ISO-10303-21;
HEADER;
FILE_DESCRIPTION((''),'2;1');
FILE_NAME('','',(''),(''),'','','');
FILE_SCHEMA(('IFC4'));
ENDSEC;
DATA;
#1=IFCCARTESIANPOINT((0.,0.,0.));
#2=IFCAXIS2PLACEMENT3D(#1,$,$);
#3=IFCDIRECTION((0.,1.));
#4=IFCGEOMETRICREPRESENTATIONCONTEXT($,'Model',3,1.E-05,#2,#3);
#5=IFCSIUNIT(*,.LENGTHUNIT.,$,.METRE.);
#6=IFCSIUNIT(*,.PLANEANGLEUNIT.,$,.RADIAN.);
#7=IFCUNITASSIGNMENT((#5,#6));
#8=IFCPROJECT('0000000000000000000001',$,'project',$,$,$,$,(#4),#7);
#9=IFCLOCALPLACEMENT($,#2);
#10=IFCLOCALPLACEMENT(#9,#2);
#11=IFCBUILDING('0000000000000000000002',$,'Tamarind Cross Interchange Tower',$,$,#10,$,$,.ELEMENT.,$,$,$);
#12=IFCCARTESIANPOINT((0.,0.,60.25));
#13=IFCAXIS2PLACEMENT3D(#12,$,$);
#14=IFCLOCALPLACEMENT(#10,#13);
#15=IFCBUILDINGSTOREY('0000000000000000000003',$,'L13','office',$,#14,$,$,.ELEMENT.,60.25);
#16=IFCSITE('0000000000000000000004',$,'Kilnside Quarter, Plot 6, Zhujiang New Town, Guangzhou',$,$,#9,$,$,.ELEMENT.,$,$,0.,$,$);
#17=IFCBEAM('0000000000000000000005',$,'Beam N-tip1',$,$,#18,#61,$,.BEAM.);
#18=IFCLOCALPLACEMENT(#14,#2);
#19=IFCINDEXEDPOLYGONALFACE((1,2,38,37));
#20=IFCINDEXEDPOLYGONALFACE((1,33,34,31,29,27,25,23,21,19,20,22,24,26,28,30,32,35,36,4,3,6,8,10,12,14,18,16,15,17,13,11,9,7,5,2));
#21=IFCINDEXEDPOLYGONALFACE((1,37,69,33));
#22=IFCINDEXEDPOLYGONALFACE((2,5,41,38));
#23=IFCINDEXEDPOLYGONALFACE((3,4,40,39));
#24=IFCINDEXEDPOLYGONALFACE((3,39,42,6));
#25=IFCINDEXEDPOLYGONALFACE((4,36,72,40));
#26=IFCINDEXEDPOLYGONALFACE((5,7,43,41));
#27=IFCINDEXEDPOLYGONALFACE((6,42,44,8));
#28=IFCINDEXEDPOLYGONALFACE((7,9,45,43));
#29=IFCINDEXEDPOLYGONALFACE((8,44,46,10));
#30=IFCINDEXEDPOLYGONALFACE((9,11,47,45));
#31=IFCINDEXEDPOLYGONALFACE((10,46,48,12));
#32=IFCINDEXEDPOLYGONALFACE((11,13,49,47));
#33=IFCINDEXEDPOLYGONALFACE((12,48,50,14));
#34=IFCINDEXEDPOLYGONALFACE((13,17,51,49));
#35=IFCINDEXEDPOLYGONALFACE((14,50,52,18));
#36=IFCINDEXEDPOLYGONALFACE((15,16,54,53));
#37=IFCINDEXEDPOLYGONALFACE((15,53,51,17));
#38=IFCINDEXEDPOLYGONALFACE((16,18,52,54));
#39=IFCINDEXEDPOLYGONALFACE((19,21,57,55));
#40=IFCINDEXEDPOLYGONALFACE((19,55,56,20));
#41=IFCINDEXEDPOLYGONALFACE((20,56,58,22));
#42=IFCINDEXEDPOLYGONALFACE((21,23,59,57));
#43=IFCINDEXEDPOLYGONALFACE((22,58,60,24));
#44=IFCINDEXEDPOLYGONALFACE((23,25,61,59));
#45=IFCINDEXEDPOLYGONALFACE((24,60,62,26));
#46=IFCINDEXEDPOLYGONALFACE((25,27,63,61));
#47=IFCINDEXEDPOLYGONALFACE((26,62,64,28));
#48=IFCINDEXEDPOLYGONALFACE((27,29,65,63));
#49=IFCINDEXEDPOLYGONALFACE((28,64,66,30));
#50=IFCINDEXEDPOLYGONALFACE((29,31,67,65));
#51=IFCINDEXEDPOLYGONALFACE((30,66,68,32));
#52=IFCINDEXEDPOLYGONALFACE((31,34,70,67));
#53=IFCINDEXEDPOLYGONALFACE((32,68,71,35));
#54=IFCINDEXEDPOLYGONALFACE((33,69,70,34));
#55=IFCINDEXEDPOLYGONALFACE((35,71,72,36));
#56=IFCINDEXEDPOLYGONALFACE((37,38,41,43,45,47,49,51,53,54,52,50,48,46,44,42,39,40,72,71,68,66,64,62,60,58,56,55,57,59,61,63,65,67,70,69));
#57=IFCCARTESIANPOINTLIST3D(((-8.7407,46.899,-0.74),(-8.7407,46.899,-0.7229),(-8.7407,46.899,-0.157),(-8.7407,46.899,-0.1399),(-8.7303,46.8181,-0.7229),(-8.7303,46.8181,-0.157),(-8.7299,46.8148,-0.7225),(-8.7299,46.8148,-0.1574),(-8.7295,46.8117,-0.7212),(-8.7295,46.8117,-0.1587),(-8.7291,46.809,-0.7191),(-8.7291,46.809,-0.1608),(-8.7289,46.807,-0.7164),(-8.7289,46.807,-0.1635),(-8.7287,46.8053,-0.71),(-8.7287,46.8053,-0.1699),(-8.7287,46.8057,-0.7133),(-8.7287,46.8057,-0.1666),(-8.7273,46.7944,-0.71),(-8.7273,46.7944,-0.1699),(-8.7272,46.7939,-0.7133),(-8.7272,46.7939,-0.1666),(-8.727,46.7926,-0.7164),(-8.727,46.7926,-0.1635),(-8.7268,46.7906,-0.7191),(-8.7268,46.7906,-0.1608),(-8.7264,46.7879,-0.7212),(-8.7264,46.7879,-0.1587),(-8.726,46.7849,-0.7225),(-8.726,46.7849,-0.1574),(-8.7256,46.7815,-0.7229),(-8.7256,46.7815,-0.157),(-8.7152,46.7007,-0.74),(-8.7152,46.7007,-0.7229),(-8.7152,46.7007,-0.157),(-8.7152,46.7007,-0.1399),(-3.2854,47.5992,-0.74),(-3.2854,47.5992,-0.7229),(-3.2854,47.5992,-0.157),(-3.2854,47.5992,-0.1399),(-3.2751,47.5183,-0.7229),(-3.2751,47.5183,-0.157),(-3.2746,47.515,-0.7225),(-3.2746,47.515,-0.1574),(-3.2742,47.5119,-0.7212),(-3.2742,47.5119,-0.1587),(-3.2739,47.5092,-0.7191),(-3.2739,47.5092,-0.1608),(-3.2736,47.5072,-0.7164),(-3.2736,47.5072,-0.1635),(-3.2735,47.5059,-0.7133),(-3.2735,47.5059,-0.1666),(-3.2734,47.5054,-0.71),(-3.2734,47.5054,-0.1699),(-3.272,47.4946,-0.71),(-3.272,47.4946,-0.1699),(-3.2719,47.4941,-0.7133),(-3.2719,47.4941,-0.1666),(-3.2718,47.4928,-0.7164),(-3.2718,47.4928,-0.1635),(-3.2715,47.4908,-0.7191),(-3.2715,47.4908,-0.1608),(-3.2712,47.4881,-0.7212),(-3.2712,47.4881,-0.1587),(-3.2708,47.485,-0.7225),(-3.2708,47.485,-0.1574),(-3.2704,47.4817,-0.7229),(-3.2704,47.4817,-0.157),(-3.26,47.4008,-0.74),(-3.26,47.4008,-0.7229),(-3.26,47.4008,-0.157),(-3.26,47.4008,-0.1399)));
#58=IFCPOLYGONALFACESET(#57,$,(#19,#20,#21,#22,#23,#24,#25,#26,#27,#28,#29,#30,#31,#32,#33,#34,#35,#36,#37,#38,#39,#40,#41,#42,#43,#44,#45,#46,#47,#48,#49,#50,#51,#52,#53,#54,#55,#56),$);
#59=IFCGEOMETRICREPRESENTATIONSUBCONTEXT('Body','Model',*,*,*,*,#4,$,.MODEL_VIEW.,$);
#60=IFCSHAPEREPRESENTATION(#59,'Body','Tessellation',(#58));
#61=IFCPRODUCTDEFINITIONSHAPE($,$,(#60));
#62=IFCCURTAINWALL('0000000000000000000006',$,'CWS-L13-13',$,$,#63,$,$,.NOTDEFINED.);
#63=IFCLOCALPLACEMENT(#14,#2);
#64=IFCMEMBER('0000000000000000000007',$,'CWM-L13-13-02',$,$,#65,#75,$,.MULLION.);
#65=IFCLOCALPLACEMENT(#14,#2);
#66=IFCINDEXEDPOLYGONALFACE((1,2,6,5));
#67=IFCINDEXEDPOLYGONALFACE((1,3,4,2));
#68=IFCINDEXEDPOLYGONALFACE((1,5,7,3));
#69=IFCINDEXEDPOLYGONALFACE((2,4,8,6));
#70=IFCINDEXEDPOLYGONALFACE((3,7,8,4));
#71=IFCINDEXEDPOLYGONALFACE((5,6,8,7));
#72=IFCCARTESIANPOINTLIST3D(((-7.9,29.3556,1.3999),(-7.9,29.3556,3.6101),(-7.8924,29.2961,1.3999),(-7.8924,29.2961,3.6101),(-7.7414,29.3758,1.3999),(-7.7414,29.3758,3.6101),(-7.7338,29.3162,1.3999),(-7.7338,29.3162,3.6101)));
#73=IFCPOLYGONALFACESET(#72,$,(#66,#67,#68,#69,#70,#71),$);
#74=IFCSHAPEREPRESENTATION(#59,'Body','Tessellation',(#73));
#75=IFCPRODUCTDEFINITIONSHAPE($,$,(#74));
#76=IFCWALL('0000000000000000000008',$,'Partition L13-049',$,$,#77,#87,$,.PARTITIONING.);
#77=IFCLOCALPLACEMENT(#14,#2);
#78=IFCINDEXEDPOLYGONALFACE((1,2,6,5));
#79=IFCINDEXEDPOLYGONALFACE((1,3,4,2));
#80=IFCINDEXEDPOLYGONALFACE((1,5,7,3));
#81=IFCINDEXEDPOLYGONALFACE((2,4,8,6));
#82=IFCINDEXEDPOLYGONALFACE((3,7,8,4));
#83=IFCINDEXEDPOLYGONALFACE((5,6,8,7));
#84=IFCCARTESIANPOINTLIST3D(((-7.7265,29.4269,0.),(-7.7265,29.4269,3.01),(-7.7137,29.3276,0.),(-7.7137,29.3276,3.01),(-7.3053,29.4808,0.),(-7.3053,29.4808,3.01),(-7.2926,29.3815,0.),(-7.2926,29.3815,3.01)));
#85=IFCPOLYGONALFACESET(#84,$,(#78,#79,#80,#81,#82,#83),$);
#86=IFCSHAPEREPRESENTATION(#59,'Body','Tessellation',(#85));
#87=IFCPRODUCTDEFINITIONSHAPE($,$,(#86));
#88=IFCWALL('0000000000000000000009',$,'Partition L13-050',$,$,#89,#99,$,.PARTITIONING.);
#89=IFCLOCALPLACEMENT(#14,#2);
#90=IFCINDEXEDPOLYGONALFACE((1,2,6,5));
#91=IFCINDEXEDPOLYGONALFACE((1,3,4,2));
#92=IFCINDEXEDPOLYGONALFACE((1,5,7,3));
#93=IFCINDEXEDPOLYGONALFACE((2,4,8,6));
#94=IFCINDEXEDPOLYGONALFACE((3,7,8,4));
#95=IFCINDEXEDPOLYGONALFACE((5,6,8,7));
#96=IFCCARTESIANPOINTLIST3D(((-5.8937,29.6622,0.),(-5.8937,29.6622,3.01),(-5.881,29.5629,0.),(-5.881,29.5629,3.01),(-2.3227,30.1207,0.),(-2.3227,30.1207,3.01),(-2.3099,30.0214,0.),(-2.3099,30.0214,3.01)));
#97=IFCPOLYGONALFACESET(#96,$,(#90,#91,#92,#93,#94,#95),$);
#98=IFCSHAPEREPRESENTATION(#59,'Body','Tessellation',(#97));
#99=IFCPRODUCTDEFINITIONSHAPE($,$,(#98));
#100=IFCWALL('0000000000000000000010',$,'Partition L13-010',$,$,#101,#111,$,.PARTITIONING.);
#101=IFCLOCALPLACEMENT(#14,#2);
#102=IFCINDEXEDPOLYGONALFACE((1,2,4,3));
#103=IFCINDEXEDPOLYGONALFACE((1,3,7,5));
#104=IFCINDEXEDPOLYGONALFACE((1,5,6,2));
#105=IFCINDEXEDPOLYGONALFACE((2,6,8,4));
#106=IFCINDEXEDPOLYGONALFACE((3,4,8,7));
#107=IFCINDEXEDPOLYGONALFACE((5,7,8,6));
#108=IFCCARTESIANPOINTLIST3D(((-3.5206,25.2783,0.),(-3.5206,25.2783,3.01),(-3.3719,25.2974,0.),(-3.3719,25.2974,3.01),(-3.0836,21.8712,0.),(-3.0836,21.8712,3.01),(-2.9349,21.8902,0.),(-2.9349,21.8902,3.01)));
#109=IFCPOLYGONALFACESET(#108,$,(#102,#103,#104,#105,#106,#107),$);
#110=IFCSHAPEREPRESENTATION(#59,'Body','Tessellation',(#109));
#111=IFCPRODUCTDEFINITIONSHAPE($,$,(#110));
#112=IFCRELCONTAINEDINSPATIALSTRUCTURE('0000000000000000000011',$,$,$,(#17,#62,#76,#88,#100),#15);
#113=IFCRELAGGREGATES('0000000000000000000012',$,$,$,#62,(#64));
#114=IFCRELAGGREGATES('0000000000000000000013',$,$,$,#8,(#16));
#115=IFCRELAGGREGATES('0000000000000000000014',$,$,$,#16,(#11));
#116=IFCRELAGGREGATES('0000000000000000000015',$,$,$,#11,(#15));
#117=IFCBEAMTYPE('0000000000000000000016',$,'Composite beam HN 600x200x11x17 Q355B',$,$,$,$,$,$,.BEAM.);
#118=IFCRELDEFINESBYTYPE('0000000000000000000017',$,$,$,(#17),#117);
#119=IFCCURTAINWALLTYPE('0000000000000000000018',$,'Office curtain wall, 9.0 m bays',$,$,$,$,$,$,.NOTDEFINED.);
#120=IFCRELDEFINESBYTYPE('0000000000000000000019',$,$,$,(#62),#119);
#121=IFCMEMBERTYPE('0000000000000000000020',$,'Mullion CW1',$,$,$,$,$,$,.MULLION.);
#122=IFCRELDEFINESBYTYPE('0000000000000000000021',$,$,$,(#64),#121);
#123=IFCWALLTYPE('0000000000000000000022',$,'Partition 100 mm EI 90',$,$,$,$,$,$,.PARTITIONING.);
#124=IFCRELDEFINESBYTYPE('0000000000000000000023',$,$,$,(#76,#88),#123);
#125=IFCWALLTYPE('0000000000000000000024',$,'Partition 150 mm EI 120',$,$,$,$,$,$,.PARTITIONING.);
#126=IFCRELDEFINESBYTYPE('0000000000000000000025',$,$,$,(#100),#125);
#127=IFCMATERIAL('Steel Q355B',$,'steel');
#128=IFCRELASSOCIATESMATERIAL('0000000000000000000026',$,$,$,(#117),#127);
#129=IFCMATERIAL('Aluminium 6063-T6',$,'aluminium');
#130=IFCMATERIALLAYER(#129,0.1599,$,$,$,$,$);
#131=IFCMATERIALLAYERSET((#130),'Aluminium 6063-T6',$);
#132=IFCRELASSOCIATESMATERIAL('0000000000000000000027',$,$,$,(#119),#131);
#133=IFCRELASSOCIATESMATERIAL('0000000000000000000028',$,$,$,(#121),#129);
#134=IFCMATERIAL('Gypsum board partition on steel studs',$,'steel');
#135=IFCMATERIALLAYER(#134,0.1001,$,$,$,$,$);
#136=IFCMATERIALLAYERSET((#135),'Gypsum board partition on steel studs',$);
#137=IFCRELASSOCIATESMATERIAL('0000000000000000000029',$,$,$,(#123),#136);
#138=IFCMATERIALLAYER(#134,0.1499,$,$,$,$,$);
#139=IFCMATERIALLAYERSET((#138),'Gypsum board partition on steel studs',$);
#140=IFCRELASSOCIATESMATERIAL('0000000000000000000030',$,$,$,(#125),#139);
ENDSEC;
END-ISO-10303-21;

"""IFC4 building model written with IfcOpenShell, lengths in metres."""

from ifc_helpers import new_model, si_unit, direction, frame, frame_2d, origin, origin_2d, place, context, subcontext, project, spatial, rectangle, i_section, extrude, material, layer, layer_set, material_profile, profile_set, type_object, element, aggregate, save


model = new_model("IFC4")

# Units and contexts
model_context = context("Model", 3, precision=1e-05, world=origin(), true_north=direction((0.0, 1.0)))
body_context = subcontext(model_context, "Body", "Model", "MODEL_VIEW")
ifc_project = project(units=[si_unit("LENGTHUNIT", "METRE"), si_unit("PLANEANGLEUNIT", "RADIAN")], contexts=[model_context])

# Site, building, storey
site_placement = place(None, origin())
site = spatial("IfcSite", under=ifc_project, at=site_placement, Name="Kilnside Quarter, Plot 6, Zhujiang New Town, Guangzhou", CompositionType="ELEMENT", RefElevation=0.0)
building_placement = place(site_placement, origin())
building = spatial("IfcBuilding", under=site, at=building_placement, Name="Tamarind Cross Interchange Tower", CompositionType="ELEMENT")
storey_placement = place(building_placement, frame((0.0, 0.0, 60.25)))
storey = spatial("IfcBuildingStorey", under=building, at=storey_placement, Name="L13", Description="office", CompositionType="ELEMENT", Elevation=60.25)

# Beam
ifc_material_1 = material(Name="Steel Q355B", Category="steel")
ifc_material_profile_1 = material_profile(ifc_material_1, i_section(OverallWidth=0.2, OverallDepth=0.6001, WebThickness=0.011, FlangeThickness=0.0171, FilletRadius=0.0129, at=origin_2d()), Name="HN 600x200x11x17")
ifc_profile_set_1 = profile_set([ifc_material_profile_1], Name="Steel Q355B")
beam_type_1 = type_object("IfcBeamType", Name="Composite beam HN 600x200x11x17 Q355B", PredefinedType="BEAM", material=ifc_profile_set_1)
beam_1_placement = place(storey_placement, frame((-3.2727, 47.5, -0.4399), z_axis=(-0.991863, -0.127307, 0.0), x_axis=(0.127307, -0.991863, 0.0)))
element("IfcBeam", 1, at=beam_1_placement, inside=storey, type_object=beam_type_1, Name="Beam N-tip1", PredefinedType="BEAM", context=body_context, shape_type="SweptSolid", body=[
    extrude(i_section(OverallWidth=0.2, OverallDepth=0.6001, WebThickness=0.011, FlangeThickness=0.0171, FilletRadius=0.0129, at=origin_2d()), origin(), (0.0, 0.0, 1.0), 5.5),
])

# Curtain wall, member
ifc_material_2 = material(Name="Aluminium 6063-T6", Category="aluminium")
ifc_layer_1 = layer(ifc_material_2, 0.1599)
ifc_layer_set_1 = layer_set([ifc_layer_1], Name="Aluminium 6063-T6")
curtain_wall_type = type_object("IfcCurtainWallType", Name="Office curtain wall, 9.0 m bays", PredefinedType="NOTDEFINED", material=ifc_layer_set_1)
curtain_wall_placement = place(storey_placement, origin())
curtain_wall = element("IfcCurtainWall", 2, at=curtain_wall_placement, inside=storey, type_object=curtain_wall_type, Name="CWS-L13-13", PredefinedType="NOTDEFINED")
ifc_material_profile_2 = material_profile(ifc_material_2, rectangle(XDim=0.0601, YDim=0.1599, at=origin_2d()), Name="Mullion CW1")
ifc_profile_set_2 = profile_set([ifc_material_profile_2], Name="Aluminium 6063-T6")
member_type = type_object("IfcMemberType", Name="Mullion CW1", PredefinedType="MULLION", material=ifc_profile_set_2)
member_placement = place(storey_placement, frame((-7.8169, 29.3359, 1.3999), z_axis=(0.0, 0.0, 1.0), x_axis=(0.126161, -0.99201, 0.0)))
member = element("IfcMember", 3, at=member_placement, type_object=member_type, Name="CWM-L13-13-02", PredefinedType="MULLION", context=body_context, shape_type="SweptSolid", body=[
    extrude(rectangle(XDim=0.0601, YDim=0.1599, at=origin_2d()), origin(), (0.0, 0.0, 1.0), 2.2102),
])
aggregate(curtain_wall, [member])

# Walls
ifc_material_3 = material(Name="Gypsum board partition on steel studs", Category="steel")
ifc_layer_2 = layer(ifc_material_3, 0.1001)
ifc_layer_set_2 = layer_set([ifc_layer_2], Name="Gypsum board partition on steel studs")
wall_type_1 = type_object("IfcWallType", Name="Partition 100 mm EI 90", PredefinedType="PARTITIONING", material=ifc_layer_set_2)
wall_1_placement = place(storey_placement, frame((-7.7202, 29.3772, 0.0), z_axis=(0.0, 0.0, 1.0), x_axis=(0.991893, 0.127077, 0.0)))
element("IfcWall", 4, at=wall_1_placement, inside=storey, type_object=wall_type_1, Name="Partition L13-049", PredefinedType="PARTITIONING", context=body_context, shape_type="SweptSolid", body=[
    extrude(rectangle(XDim=0.4246, YDim=0.1001, at=frame_2d((0.2124, 0.0))), origin(), (0.0, 0.0, 1.0), 3.01),
])
wall_2_placement = place(storey_placement, frame((-5.8875, 29.6125, 0.0), z_axis=(0.0, 0.0, 1.0), x_axis=(0.991858, 0.127347, 0.0)))
element("IfcWall", 5, at=wall_2_placement, inside=storey, type_object=wall_type_1, Name="Partition L13-050", PredefinedType="PARTITIONING", context=body_context, shape_type="SweptSolid", body=[
    extrude(rectangle(XDim=3.6003, YDim=0.1001, at=frame_2d((1.8003, 0.0))), origin(), (0.0, 0.0, 1.0), 3.01),
])
ifc_layer_3 = layer(ifc_material_3, 0.1499)
ifc_layer_set_3 = layer_set([ifc_layer_3], Name="Gypsum board partition on steel studs")
wall_type_2 = type_object("IfcWallType", Name="Partition 150 mm EI 120", PredefinedType="PARTITIONING", material=ifc_layer_set_3)
wall_3_placement = place(storey_placement, frame((-3.4463, 25.2878, 0.0), z_axis=(0.0, 0.0, 1.0), x_axis=(0.127218, -0.991875, 0.0)))
element("IfcWall", 6, at=wall_3_placement, inside=storey, type_object=wall_type_2, Name="Partition L13-010", PredefinedType="PARTITIONING", context=body_context, shape_type="SweptSolid", body=[
    extrude(rectangle(XDim=3.4351, YDim=0.1499, at=frame_2d((1.7175, 0.0))), origin(), (0.0, 0.0, 1.0), 3.01),
])

save(model, "model.ifc")
